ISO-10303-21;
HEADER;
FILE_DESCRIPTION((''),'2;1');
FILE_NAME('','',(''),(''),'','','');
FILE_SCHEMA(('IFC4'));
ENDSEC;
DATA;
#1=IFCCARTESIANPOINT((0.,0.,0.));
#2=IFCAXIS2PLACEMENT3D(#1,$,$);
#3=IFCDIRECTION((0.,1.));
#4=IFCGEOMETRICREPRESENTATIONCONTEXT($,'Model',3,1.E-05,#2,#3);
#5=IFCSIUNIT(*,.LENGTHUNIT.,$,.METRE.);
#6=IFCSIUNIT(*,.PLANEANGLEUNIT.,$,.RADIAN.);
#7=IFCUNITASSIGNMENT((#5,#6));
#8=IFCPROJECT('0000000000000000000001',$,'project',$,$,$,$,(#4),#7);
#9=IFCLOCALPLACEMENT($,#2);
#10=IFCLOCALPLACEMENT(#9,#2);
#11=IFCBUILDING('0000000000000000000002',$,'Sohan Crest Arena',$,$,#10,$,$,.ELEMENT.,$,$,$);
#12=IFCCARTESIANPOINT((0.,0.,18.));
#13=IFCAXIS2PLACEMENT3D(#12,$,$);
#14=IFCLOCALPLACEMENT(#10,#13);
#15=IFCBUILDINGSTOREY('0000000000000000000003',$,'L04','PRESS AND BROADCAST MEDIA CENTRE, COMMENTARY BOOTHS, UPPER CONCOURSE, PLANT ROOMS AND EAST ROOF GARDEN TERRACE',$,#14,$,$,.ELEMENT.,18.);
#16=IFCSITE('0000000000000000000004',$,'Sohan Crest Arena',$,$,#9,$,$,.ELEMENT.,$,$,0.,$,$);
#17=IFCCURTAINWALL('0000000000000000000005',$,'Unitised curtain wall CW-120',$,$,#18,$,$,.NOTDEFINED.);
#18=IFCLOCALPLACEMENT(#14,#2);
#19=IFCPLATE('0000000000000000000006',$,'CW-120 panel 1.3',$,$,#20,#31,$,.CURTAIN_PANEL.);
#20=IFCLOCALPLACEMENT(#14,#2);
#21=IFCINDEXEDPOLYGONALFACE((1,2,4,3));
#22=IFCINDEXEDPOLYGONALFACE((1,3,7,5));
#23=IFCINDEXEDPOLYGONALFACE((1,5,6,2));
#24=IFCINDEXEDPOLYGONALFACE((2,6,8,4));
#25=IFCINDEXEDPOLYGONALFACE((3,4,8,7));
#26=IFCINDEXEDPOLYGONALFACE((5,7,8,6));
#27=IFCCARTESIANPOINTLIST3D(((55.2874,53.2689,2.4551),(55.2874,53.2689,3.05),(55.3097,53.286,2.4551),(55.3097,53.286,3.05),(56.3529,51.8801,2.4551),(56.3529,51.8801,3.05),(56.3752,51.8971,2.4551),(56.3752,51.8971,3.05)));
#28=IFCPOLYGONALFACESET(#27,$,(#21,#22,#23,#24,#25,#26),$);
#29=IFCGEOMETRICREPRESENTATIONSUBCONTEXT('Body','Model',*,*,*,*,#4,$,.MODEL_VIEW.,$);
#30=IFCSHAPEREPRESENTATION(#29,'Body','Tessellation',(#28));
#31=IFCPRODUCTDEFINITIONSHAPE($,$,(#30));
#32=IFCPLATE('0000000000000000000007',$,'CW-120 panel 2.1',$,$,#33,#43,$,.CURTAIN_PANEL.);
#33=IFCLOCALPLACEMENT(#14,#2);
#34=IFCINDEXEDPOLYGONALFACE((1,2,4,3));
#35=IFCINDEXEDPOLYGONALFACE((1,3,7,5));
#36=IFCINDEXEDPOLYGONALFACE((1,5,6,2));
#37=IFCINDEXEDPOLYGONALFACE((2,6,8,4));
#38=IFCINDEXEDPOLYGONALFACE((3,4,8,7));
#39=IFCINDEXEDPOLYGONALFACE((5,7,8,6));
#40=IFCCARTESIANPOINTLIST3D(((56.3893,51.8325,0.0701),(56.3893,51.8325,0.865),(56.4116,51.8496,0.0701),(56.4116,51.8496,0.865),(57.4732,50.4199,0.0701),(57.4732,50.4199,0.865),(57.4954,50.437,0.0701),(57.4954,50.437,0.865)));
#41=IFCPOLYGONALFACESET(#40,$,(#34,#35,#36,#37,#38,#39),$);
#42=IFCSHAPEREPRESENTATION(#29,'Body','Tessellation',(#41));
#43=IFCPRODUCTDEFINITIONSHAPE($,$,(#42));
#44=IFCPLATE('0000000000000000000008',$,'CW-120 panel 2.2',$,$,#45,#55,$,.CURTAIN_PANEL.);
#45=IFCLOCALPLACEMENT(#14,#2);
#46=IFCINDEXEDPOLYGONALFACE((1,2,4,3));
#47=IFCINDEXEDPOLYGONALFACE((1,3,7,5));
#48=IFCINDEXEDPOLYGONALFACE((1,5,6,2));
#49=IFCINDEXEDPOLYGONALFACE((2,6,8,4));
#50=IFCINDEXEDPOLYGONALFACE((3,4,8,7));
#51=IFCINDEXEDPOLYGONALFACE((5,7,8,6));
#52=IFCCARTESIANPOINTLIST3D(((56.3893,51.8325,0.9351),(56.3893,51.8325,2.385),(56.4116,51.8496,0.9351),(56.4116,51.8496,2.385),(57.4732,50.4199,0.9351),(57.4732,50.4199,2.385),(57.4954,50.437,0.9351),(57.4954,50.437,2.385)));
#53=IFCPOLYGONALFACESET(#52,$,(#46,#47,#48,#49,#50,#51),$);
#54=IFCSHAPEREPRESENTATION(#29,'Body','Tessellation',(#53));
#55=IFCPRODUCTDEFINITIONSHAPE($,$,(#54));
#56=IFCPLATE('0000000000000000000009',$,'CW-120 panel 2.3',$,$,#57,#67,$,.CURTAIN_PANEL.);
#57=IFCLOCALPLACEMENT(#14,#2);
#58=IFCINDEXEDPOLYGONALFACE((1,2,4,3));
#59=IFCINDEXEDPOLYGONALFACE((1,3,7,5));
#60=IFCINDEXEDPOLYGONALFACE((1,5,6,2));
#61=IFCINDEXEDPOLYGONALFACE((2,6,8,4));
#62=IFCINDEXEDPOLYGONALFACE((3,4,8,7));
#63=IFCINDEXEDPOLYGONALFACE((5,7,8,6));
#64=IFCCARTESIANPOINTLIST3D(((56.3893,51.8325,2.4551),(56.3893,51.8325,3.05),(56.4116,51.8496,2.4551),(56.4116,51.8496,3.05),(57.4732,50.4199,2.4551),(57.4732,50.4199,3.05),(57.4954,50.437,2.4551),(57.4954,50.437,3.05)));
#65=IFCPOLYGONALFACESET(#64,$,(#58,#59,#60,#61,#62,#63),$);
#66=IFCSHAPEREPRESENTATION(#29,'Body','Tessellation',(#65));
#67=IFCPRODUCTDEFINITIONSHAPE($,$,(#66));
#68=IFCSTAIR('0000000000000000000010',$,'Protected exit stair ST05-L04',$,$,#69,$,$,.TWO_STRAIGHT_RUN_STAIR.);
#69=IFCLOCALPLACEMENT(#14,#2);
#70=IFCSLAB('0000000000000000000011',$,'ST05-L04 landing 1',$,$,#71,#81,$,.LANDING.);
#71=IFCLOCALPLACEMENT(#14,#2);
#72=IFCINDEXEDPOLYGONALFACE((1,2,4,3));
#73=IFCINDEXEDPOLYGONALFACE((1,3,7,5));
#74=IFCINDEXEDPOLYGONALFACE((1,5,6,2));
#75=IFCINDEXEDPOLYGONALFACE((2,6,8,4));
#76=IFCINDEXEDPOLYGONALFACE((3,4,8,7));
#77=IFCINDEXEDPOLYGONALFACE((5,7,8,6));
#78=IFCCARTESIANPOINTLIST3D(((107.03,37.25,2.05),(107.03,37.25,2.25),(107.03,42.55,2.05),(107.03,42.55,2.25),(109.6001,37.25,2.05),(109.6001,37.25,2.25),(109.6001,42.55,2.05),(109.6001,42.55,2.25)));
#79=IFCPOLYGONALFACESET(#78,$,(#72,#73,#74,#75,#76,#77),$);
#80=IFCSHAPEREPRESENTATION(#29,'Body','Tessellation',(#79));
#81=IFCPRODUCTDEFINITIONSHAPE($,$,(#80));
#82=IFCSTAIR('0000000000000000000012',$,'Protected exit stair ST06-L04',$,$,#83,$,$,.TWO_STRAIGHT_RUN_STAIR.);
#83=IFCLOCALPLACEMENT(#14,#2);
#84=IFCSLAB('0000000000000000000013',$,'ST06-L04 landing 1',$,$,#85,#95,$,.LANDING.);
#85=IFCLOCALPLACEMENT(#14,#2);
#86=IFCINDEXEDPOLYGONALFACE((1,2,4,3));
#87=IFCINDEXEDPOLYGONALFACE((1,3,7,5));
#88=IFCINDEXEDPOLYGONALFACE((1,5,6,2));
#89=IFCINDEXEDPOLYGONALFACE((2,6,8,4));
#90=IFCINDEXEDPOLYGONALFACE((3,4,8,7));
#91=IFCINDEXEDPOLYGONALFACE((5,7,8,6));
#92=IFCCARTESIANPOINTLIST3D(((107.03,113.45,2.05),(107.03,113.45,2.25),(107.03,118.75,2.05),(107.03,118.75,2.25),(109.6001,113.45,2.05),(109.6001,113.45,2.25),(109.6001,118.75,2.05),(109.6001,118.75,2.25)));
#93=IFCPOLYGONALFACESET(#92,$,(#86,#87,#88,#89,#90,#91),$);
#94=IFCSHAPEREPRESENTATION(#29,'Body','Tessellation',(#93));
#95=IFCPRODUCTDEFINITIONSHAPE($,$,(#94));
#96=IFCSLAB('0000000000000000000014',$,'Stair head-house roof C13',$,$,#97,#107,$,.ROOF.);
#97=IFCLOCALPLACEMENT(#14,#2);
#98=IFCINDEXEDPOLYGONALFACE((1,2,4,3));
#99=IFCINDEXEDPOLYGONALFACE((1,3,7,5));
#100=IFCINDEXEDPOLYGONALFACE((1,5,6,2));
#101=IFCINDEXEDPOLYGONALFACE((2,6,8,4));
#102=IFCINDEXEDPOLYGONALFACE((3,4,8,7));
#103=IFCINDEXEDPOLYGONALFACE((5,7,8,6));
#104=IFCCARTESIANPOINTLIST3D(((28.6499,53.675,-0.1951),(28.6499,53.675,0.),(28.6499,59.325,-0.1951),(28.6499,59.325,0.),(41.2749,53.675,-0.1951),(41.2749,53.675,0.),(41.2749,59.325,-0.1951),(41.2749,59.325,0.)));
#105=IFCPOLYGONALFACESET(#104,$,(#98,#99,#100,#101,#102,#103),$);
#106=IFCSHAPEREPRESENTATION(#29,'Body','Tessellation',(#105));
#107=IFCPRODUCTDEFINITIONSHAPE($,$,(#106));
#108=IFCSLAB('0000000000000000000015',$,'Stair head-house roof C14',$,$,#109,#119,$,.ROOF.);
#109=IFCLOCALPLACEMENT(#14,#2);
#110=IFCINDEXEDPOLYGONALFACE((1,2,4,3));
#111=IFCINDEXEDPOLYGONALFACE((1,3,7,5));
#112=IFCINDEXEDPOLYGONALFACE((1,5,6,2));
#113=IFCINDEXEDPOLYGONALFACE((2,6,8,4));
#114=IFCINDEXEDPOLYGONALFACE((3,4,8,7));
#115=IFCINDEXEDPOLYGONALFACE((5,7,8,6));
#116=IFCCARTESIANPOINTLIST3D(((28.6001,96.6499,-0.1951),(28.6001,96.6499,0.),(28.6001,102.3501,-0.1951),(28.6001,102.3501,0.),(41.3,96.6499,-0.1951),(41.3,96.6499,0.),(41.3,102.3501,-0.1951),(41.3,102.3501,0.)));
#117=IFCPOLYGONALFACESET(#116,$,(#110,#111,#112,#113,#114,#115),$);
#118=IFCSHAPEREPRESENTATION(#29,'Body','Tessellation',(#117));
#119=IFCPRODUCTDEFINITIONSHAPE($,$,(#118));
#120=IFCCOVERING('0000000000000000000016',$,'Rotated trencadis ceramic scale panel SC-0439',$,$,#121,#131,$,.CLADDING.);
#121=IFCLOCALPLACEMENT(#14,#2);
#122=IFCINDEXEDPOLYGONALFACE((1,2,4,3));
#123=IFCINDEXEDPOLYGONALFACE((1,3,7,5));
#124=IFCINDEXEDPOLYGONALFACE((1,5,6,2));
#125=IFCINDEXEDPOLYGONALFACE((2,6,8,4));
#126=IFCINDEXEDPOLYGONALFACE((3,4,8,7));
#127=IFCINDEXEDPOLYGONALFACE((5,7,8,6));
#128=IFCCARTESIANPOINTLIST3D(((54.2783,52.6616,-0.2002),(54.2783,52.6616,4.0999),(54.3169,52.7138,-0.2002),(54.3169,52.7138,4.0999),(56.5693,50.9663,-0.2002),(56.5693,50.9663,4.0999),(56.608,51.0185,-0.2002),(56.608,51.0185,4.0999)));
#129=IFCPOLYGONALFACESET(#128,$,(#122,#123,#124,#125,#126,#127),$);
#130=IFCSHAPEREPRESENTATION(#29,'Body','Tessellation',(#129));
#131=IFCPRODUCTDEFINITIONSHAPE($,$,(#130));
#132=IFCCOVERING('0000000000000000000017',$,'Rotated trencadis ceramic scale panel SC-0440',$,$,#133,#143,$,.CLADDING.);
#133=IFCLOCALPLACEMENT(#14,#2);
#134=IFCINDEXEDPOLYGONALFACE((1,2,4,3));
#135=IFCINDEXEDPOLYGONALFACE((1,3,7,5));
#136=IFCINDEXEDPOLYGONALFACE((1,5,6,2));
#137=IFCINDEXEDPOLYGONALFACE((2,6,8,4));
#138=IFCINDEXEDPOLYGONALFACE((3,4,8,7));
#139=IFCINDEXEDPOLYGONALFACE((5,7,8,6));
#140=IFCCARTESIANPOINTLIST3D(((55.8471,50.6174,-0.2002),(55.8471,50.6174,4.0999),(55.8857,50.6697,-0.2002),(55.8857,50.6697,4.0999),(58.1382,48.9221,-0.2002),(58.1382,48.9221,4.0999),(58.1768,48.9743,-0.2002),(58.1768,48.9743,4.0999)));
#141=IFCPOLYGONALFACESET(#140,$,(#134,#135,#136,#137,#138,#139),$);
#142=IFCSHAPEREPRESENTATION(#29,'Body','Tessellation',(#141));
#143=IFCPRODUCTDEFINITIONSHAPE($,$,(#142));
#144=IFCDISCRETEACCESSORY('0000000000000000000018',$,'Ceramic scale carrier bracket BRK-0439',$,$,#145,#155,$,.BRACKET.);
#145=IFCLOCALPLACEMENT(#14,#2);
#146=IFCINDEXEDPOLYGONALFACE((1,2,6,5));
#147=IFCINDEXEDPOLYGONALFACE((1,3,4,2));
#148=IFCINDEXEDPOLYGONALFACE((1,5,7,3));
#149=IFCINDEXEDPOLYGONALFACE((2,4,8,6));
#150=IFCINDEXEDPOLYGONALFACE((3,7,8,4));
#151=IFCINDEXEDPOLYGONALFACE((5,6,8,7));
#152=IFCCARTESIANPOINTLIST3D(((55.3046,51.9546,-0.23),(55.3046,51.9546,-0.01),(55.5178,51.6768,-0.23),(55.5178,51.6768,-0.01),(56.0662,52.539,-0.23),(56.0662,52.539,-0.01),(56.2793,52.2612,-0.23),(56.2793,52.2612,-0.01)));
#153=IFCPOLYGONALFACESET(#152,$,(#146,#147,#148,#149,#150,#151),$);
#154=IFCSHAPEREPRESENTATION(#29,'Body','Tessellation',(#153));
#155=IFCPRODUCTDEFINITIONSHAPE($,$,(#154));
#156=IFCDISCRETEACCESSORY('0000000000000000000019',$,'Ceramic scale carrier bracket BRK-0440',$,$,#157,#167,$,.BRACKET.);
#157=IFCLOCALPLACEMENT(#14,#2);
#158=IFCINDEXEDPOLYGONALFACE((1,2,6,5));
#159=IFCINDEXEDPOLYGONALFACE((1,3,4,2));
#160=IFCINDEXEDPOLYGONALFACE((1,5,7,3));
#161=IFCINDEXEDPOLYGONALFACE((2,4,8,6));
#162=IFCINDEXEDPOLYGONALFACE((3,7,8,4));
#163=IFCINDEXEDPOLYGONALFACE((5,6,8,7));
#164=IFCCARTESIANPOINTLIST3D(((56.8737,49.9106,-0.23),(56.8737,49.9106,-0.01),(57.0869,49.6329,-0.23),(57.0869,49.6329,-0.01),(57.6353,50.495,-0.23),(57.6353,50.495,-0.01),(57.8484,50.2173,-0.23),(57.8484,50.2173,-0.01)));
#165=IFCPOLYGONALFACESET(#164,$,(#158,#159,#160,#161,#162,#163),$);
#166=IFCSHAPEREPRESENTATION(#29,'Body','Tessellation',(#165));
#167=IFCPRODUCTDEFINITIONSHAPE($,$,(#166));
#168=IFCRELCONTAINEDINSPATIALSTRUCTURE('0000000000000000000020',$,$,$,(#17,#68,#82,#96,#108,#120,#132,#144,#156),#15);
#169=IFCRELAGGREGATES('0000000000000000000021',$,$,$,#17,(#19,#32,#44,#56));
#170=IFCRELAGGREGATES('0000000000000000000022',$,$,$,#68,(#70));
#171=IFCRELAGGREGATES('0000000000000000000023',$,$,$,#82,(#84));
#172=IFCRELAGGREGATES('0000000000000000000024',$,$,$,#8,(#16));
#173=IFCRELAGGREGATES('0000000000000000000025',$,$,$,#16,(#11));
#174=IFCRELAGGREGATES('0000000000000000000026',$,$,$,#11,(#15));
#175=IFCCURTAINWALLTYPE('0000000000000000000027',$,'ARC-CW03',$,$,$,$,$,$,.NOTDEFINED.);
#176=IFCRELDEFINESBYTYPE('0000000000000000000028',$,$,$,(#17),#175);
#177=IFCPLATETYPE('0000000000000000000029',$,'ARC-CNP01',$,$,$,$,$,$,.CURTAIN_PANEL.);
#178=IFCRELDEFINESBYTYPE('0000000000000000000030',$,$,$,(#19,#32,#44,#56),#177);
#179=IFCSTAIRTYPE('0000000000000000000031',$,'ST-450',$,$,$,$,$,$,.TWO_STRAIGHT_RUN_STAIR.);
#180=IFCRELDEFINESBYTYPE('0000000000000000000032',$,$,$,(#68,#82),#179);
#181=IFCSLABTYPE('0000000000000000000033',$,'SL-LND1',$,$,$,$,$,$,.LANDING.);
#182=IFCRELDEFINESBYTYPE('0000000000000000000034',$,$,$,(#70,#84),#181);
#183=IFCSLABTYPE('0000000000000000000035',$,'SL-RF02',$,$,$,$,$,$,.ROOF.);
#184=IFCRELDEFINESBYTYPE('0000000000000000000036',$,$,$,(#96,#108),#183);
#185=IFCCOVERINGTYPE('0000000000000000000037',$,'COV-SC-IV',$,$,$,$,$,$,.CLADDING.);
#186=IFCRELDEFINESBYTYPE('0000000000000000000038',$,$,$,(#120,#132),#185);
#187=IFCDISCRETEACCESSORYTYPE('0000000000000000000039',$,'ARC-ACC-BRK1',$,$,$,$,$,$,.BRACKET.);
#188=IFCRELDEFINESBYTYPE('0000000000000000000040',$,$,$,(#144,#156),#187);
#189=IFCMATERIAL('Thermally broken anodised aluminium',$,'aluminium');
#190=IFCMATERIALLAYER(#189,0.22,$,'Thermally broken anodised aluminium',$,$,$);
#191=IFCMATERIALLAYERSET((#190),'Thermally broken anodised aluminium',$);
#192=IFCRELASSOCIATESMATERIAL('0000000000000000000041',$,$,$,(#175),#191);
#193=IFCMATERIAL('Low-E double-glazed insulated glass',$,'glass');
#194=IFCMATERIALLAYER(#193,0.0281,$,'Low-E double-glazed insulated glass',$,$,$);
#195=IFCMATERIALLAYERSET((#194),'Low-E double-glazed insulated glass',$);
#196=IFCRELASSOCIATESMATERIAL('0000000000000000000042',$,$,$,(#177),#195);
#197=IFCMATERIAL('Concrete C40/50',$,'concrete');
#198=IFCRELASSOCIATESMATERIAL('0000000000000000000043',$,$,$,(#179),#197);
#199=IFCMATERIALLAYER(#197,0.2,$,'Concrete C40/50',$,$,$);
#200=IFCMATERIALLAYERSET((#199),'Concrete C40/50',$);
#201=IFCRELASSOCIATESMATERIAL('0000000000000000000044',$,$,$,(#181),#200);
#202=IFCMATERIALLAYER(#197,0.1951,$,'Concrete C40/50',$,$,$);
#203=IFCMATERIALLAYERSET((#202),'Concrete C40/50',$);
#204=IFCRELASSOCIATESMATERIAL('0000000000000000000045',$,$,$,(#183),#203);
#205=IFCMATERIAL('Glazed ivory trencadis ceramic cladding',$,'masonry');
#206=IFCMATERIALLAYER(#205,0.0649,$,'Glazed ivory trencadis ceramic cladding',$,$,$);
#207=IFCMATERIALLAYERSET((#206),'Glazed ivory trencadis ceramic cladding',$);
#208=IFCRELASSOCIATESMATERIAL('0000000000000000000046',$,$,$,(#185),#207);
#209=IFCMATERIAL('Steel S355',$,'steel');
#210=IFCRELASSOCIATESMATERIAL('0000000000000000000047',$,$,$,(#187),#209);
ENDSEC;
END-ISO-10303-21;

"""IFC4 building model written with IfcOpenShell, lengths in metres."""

from ifc_helpers import new_model, si_unit, direction, frame, origin, origin_2d, place, context, subcontext, project, spatial, polyline, rectangle, outline, extrude, material, layer, layer_set, type_object, element, aggregate, save


model = new_model("IFC4")

# Units and contexts
model_context = context("Model", 3, precision=1e-05, world=origin(), true_north=direction((0.0, 1.0)))
body_context = subcontext(model_context, "Body", "Model", "MODEL_VIEW")
ifc_project = project(units=[si_unit("LENGTHUNIT", "METRE"), si_unit("PLANEANGLEUNIT", "RADIAN")], contexts=[model_context])

# Site, building, storey
site_placement = place(None, origin())
site = spatial("IfcSite", under=ifc_project, at=site_placement, Name="Sohan Crest Arena", CompositionType="ELEMENT", RefElevation=0.0)
building_placement = place(site_placement, origin())
building = spatial("IfcBuilding", under=site, at=building_placement, Name="Sohan Crest Arena", CompositionType="ELEMENT")
storey_placement = place(building_placement, frame((0.0, 0.0, 18.0)))
storey = spatial("IfcBuildingStorey", under=building, at=storey_placement, Name="L04", Description="PRESS AND BROADCAST MEDIA CENTRE, COMMENTARY BOOTHS, UPPER CONCOURSE, PLANT ROOMS AND EAST ROOF GARDEN TERRACE", CompositionType="ELEMENT", Elevation=18.0)

# Curtain wall, plates
ifc_material_1 = material(Name="Thermally broken anodised aluminium", Category="aluminium")
ifc_layer_1 = layer(ifc_material_1, 0.22, Name="Thermally broken anodised aluminium")
ifc_layer_set_1 = layer_set([ifc_layer_1], Name="Thermally broken anodised aluminium")
curtain_wall_type = type_object("IfcCurtainWallType", Name="ARC-CW03", PredefinedType="NOTDEFINED", material=ifc_layer_set_1)
curtain_wall_placement = place(storey_placement, origin())
curtain_wall = element("IfcCurtainWall", 1, at=curtain_wall_placement, inside=storey, type_object=curtain_wall_type, Name="Unitised curtain wall CW-120", PredefinedType="NOTDEFINED")
ifc_material_2 = material(Name="Low-E double-glazed insulated glass", Category="glass")
ifc_layer_2 = layer(ifc_material_2, 0.0281, Name="Low-E double-glazed insulated glass")
ifc_layer_set_2 = layer_set([ifc_layer_2], Name="Low-E double-glazed insulated glass")
plate_type = type_object("IfcPlateType", Name="ARC-CNP01", PredefinedType="CURTAIN_PANEL", material=ifc_layer_set_2)
plate_1_placement = place(storey_placement, frame((55.8313, 52.583, 2.4551), z_axis=(0.0, 0.0, 1.0), x_axis=(0.60872, -0.793385, 0.0)))
plate_1 = element("IfcPlate", 2, at=plate_1_placement, type_object=plate_type, Name="CW-120 panel 1.3", PredefinedType="CURTAIN_PANEL", context=body_context, shape_type="SweptSolid", body=[
    extrude(rectangle(XDim=1.7505, YDim=0.0281, at=origin_2d()), origin(), (0.0, 0.0, 1.0), 0.595),
])
plate_2_placement = place(storey_placement, frame((56.9424, 51.1348, 0.0701), z_axis=(0.0, 0.0, 1.0), x_axis=(0.60872, -0.793385, 0.0)))
plate_2 = element("IfcPlate", 3, at=plate_2_placement, type_object=plate_type, Name="CW-120 panel 2.1", PredefinedType="CURTAIN_PANEL", context=body_context, shape_type="SweptSolid", body=[
    extrude(rectangle(XDim=1.7805, YDim=0.0281, at=origin_2d()), origin(), (0.0, 0.0, 1.0), 0.7949),
])
plate_3_placement = place(storey_placement, frame((56.9424, 51.1348, 0.9351), z_axis=(0.0, 0.0, 1.0), x_axis=(0.60872, -0.793385, 0.0)))
plate_3 = element("IfcPlate", 4, at=plate_3_placement, type_object=plate_type, Name="CW-120 panel 2.2", PredefinedType="CURTAIN_PANEL", context=body_context, shape_type="SweptSolid", body=[
    extrude(rectangle(XDim=1.7805, YDim=0.0281, at=origin_2d()), origin(), (0.0, 0.0, 1.0), 1.45),
])
plate_4_placement = place(storey_placement, frame((56.9424, 51.1348, 2.4551), z_axis=(0.0, 0.0, 1.0), x_axis=(0.60872, -0.793385, 0.0)))
plate_4 = element("IfcPlate", 5, at=plate_4_placement, type_object=plate_type, Name="CW-120 panel 2.3", PredefinedType="CURTAIN_PANEL", context=body_context, shape_type="SweptSolid", body=[
    extrude(rectangle(XDim=1.7805, YDim=0.0281, at=origin_2d()), origin(), (0.0, 0.0, 1.0), 0.595),
])
aggregate(curtain_wall, [plate_1, plate_2, plate_3, plate_4])

# Stairs, slabs
ifc_material_3 = material(Name="Concrete C40/50", Category="concrete")
stair_type = type_object("IfcStairType", Name="ST-450", PredefinedType="TWO_STRAIGHT_RUN_STAIR", material=ifc_material_3)
stair_1_placement = place(storey_placement, origin())
stair_1 = element("IfcStair", 6, at=stair_1_placement, inside=storey, type_object=stair_type, Name="Protected exit stair ST05-L04", PredefinedType="TWO_STRAIGHT_RUN_STAIR")
ifc_layer_3 = layer(ifc_material_3, 0.2, Name="Concrete C40/50")
ifc_layer_set_3 = layer_set([ifc_layer_3], Name="Concrete C40/50")
slab_type_1 = type_object("IfcSlabType", Name="SL-LND1", PredefinedType="LANDING", material=ifc_layer_set_3)
slab_1_placement = place(storey_placement, frame((0.0, 0.0, 2.05)))
slab_1 = element("IfcSlab", 7, at=slab_1_placement, type_object=slab_type_1, Name="ST05-L04 landing 1", PredefinedType="LANDING", context=body_context, shape_type="SweptSolid", body=[
    extrude(outline(polyline([(107.03, 37.25), (109.6001, 37.25), (109.6001, 42.55), (107.03, 42.55), (107.03, 37.25)])), origin(), (0.0, 0.0, 1.0), 0.2),
])
aggregate(stair_1, [slab_1])
stair_2_placement = place(storey_placement, origin())
stair_2 = element("IfcStair", 8, at=stair_2_placement, inside=storey, type_object=stair_type, Name="Protected exit stair ST06-L04", PredefinedType="TWO_STRAIGHT_RUN_STAIR")
slab_2_placement = place(storey_placement, frame((0.0, 0.0, 2.05)))
slab_2 = element("IfcSlab", 9, at=slab_2_placement, type_object=slab_type_1, Name="ST06-L04 landing 1", PredefinedType="LANDING", context=body_context, shape_type="SweptSolid", body=[
    extrude(outline(polyline([(107.03, 113.45), (109.6001, 113.45), (109.6001, 118.75), (107.03, 118.75), (107.03, 113.45)])), origin(), (0.0, 0.0, 1.0), 0.2),
])
aggregate(stair_2, [slab_2])

# Slabs
ifc_layer_4 = layer(ifc_material_3, 0.1951, Name="Concrete C40/50")
ifc_layer_set_4 = layer_set([ifc_layer_4], Name="Concrete C40/50")
slab_type_2 = type_object("IfcSlabType", Name="SL-RF02", PredefinedType="ROOF", material=ifc_layer_set_4)
slab_3_placement = place(storey_placement, frame((0.0, 0.0, -0.1951)))
element("IfcSlab", 10, at=slab_3_placement, inside=storey, type_object=slab_type_2, Name="Stair head-house roof C13", PredefinedType="ROOF", context=body_context, shape_type="SweptSolid", body=[
    extrude(outline(polyline([(28.6499, 53.675), (41.2749, 53.675), (41.2749, 59.325), (28.6499, 59.325), (28.6499, 53.675)])), origin(), (0.0, 0.0, 1.0), 0.1951),
])
slab_4_placement = place(storey_placement, frame((0.0, 0.0, -0.1951)))
element("IfcSlab", 11, at=slab_4_placement, inside=storey, type_object=slab_type_2, Name="Stair head-house roof C14", PredefinedType="ROOF", context=body_context, shape_type="SweptSolid", body=[
    extrude(outline(polyline([(28.6001, 96.6499), (41.3, 96.6499), (41.3, 102.3501), (28.6001, 102.3501), (28.6001, 96.6499)])), origin(), (0.0, 0.0, 1.0), 0.1951),
])

# Coverings
ifc_material_4 = material(Name="Glazed ivory trencadis ceramic cladding", Category="masonry")
ifc_layer_5 = layer(ifc_material_4, 0.0649, Name="Glazed ivory trencadis ceramic cladding")
ifc_layer_set_5 = layer_set([ifc_layer_5], Name="Glazed ivory trencadis ceramic cladding")
covering_type = type_object("IfcCoveringType", Name="COV-SC-IV", PredefinedType="CLADDING", material=ifc_layer_set_5)
for number, where, z_axis, x_axis, name in (
    (12, (55.4431, 51.8401, -0.2002), (0.0, 0.0, 1.0), (0.803857, -0.594823, 0.0), "Rotated trencadis ceramic scale panel SC-0439"),
    (13, (57.012, 49.7959, -0.2002), (0.0, 0.0, 1.0), (0.803857, -0.594823, 0.0), "Rotated trencadis ceramic scale panel SC-0440"),
):
    element("IfcCovering", number, at=place(storey_placement, frame(where, z_axis=z_axis, x_axis=x_axis)), inside=storey, type_object=covering_type, Name=name, PredefinedType="CLADDING", context=body_context, shape_type="SweptSolid", body=[
        extrude(rectangle(XDim=2.8501, YDim=0.0649, at=origin_2d()), origin(), (0.0, 0.0, 1.0), 4.3),
    ])

# Discrete accessories
ifc_material_5 = material(Name="Steel S355", Category="steel")
discrete_accessory_type = type_object("IfcDiscreteAccessoryType", Name="ARC-ACC-BRK1", PredefinedType="BRACKET", material=ifc_material_5)
for number, where, z_axis, x_axis, name in (
    (14, (55.792, 52.1079, -0.23), (0.0, 0.0, 1.0), (0.608761, -0.793353, 0.0), "Ceramic scale carrier bracket BRK-0439"),
    (15, (57.3611, 50.064, -0.23), (0.0, 0.0, 1.0), (0.608761, -0.793353, 0.0), "Ceramic scale carrier bracket BRK-0440"),
):
    element("IfcDiscreteAccessory", number, at=place(storey_placement, frame(where, z_axis=z_axis, x_axis=x_axis)), inside=storey, type_object=discrete_accessory_type, Name=name, PredefinedType="BRACKET", context=body_context, shape_type="SweptSolid", body=[
        extrude(rectangle(XDim=0.3501, YDim=0.96, at=origin_2d()), origin(), (0.0, 0.0, 1.0), 0.22),
    ])

save(model, "model.ifc")
